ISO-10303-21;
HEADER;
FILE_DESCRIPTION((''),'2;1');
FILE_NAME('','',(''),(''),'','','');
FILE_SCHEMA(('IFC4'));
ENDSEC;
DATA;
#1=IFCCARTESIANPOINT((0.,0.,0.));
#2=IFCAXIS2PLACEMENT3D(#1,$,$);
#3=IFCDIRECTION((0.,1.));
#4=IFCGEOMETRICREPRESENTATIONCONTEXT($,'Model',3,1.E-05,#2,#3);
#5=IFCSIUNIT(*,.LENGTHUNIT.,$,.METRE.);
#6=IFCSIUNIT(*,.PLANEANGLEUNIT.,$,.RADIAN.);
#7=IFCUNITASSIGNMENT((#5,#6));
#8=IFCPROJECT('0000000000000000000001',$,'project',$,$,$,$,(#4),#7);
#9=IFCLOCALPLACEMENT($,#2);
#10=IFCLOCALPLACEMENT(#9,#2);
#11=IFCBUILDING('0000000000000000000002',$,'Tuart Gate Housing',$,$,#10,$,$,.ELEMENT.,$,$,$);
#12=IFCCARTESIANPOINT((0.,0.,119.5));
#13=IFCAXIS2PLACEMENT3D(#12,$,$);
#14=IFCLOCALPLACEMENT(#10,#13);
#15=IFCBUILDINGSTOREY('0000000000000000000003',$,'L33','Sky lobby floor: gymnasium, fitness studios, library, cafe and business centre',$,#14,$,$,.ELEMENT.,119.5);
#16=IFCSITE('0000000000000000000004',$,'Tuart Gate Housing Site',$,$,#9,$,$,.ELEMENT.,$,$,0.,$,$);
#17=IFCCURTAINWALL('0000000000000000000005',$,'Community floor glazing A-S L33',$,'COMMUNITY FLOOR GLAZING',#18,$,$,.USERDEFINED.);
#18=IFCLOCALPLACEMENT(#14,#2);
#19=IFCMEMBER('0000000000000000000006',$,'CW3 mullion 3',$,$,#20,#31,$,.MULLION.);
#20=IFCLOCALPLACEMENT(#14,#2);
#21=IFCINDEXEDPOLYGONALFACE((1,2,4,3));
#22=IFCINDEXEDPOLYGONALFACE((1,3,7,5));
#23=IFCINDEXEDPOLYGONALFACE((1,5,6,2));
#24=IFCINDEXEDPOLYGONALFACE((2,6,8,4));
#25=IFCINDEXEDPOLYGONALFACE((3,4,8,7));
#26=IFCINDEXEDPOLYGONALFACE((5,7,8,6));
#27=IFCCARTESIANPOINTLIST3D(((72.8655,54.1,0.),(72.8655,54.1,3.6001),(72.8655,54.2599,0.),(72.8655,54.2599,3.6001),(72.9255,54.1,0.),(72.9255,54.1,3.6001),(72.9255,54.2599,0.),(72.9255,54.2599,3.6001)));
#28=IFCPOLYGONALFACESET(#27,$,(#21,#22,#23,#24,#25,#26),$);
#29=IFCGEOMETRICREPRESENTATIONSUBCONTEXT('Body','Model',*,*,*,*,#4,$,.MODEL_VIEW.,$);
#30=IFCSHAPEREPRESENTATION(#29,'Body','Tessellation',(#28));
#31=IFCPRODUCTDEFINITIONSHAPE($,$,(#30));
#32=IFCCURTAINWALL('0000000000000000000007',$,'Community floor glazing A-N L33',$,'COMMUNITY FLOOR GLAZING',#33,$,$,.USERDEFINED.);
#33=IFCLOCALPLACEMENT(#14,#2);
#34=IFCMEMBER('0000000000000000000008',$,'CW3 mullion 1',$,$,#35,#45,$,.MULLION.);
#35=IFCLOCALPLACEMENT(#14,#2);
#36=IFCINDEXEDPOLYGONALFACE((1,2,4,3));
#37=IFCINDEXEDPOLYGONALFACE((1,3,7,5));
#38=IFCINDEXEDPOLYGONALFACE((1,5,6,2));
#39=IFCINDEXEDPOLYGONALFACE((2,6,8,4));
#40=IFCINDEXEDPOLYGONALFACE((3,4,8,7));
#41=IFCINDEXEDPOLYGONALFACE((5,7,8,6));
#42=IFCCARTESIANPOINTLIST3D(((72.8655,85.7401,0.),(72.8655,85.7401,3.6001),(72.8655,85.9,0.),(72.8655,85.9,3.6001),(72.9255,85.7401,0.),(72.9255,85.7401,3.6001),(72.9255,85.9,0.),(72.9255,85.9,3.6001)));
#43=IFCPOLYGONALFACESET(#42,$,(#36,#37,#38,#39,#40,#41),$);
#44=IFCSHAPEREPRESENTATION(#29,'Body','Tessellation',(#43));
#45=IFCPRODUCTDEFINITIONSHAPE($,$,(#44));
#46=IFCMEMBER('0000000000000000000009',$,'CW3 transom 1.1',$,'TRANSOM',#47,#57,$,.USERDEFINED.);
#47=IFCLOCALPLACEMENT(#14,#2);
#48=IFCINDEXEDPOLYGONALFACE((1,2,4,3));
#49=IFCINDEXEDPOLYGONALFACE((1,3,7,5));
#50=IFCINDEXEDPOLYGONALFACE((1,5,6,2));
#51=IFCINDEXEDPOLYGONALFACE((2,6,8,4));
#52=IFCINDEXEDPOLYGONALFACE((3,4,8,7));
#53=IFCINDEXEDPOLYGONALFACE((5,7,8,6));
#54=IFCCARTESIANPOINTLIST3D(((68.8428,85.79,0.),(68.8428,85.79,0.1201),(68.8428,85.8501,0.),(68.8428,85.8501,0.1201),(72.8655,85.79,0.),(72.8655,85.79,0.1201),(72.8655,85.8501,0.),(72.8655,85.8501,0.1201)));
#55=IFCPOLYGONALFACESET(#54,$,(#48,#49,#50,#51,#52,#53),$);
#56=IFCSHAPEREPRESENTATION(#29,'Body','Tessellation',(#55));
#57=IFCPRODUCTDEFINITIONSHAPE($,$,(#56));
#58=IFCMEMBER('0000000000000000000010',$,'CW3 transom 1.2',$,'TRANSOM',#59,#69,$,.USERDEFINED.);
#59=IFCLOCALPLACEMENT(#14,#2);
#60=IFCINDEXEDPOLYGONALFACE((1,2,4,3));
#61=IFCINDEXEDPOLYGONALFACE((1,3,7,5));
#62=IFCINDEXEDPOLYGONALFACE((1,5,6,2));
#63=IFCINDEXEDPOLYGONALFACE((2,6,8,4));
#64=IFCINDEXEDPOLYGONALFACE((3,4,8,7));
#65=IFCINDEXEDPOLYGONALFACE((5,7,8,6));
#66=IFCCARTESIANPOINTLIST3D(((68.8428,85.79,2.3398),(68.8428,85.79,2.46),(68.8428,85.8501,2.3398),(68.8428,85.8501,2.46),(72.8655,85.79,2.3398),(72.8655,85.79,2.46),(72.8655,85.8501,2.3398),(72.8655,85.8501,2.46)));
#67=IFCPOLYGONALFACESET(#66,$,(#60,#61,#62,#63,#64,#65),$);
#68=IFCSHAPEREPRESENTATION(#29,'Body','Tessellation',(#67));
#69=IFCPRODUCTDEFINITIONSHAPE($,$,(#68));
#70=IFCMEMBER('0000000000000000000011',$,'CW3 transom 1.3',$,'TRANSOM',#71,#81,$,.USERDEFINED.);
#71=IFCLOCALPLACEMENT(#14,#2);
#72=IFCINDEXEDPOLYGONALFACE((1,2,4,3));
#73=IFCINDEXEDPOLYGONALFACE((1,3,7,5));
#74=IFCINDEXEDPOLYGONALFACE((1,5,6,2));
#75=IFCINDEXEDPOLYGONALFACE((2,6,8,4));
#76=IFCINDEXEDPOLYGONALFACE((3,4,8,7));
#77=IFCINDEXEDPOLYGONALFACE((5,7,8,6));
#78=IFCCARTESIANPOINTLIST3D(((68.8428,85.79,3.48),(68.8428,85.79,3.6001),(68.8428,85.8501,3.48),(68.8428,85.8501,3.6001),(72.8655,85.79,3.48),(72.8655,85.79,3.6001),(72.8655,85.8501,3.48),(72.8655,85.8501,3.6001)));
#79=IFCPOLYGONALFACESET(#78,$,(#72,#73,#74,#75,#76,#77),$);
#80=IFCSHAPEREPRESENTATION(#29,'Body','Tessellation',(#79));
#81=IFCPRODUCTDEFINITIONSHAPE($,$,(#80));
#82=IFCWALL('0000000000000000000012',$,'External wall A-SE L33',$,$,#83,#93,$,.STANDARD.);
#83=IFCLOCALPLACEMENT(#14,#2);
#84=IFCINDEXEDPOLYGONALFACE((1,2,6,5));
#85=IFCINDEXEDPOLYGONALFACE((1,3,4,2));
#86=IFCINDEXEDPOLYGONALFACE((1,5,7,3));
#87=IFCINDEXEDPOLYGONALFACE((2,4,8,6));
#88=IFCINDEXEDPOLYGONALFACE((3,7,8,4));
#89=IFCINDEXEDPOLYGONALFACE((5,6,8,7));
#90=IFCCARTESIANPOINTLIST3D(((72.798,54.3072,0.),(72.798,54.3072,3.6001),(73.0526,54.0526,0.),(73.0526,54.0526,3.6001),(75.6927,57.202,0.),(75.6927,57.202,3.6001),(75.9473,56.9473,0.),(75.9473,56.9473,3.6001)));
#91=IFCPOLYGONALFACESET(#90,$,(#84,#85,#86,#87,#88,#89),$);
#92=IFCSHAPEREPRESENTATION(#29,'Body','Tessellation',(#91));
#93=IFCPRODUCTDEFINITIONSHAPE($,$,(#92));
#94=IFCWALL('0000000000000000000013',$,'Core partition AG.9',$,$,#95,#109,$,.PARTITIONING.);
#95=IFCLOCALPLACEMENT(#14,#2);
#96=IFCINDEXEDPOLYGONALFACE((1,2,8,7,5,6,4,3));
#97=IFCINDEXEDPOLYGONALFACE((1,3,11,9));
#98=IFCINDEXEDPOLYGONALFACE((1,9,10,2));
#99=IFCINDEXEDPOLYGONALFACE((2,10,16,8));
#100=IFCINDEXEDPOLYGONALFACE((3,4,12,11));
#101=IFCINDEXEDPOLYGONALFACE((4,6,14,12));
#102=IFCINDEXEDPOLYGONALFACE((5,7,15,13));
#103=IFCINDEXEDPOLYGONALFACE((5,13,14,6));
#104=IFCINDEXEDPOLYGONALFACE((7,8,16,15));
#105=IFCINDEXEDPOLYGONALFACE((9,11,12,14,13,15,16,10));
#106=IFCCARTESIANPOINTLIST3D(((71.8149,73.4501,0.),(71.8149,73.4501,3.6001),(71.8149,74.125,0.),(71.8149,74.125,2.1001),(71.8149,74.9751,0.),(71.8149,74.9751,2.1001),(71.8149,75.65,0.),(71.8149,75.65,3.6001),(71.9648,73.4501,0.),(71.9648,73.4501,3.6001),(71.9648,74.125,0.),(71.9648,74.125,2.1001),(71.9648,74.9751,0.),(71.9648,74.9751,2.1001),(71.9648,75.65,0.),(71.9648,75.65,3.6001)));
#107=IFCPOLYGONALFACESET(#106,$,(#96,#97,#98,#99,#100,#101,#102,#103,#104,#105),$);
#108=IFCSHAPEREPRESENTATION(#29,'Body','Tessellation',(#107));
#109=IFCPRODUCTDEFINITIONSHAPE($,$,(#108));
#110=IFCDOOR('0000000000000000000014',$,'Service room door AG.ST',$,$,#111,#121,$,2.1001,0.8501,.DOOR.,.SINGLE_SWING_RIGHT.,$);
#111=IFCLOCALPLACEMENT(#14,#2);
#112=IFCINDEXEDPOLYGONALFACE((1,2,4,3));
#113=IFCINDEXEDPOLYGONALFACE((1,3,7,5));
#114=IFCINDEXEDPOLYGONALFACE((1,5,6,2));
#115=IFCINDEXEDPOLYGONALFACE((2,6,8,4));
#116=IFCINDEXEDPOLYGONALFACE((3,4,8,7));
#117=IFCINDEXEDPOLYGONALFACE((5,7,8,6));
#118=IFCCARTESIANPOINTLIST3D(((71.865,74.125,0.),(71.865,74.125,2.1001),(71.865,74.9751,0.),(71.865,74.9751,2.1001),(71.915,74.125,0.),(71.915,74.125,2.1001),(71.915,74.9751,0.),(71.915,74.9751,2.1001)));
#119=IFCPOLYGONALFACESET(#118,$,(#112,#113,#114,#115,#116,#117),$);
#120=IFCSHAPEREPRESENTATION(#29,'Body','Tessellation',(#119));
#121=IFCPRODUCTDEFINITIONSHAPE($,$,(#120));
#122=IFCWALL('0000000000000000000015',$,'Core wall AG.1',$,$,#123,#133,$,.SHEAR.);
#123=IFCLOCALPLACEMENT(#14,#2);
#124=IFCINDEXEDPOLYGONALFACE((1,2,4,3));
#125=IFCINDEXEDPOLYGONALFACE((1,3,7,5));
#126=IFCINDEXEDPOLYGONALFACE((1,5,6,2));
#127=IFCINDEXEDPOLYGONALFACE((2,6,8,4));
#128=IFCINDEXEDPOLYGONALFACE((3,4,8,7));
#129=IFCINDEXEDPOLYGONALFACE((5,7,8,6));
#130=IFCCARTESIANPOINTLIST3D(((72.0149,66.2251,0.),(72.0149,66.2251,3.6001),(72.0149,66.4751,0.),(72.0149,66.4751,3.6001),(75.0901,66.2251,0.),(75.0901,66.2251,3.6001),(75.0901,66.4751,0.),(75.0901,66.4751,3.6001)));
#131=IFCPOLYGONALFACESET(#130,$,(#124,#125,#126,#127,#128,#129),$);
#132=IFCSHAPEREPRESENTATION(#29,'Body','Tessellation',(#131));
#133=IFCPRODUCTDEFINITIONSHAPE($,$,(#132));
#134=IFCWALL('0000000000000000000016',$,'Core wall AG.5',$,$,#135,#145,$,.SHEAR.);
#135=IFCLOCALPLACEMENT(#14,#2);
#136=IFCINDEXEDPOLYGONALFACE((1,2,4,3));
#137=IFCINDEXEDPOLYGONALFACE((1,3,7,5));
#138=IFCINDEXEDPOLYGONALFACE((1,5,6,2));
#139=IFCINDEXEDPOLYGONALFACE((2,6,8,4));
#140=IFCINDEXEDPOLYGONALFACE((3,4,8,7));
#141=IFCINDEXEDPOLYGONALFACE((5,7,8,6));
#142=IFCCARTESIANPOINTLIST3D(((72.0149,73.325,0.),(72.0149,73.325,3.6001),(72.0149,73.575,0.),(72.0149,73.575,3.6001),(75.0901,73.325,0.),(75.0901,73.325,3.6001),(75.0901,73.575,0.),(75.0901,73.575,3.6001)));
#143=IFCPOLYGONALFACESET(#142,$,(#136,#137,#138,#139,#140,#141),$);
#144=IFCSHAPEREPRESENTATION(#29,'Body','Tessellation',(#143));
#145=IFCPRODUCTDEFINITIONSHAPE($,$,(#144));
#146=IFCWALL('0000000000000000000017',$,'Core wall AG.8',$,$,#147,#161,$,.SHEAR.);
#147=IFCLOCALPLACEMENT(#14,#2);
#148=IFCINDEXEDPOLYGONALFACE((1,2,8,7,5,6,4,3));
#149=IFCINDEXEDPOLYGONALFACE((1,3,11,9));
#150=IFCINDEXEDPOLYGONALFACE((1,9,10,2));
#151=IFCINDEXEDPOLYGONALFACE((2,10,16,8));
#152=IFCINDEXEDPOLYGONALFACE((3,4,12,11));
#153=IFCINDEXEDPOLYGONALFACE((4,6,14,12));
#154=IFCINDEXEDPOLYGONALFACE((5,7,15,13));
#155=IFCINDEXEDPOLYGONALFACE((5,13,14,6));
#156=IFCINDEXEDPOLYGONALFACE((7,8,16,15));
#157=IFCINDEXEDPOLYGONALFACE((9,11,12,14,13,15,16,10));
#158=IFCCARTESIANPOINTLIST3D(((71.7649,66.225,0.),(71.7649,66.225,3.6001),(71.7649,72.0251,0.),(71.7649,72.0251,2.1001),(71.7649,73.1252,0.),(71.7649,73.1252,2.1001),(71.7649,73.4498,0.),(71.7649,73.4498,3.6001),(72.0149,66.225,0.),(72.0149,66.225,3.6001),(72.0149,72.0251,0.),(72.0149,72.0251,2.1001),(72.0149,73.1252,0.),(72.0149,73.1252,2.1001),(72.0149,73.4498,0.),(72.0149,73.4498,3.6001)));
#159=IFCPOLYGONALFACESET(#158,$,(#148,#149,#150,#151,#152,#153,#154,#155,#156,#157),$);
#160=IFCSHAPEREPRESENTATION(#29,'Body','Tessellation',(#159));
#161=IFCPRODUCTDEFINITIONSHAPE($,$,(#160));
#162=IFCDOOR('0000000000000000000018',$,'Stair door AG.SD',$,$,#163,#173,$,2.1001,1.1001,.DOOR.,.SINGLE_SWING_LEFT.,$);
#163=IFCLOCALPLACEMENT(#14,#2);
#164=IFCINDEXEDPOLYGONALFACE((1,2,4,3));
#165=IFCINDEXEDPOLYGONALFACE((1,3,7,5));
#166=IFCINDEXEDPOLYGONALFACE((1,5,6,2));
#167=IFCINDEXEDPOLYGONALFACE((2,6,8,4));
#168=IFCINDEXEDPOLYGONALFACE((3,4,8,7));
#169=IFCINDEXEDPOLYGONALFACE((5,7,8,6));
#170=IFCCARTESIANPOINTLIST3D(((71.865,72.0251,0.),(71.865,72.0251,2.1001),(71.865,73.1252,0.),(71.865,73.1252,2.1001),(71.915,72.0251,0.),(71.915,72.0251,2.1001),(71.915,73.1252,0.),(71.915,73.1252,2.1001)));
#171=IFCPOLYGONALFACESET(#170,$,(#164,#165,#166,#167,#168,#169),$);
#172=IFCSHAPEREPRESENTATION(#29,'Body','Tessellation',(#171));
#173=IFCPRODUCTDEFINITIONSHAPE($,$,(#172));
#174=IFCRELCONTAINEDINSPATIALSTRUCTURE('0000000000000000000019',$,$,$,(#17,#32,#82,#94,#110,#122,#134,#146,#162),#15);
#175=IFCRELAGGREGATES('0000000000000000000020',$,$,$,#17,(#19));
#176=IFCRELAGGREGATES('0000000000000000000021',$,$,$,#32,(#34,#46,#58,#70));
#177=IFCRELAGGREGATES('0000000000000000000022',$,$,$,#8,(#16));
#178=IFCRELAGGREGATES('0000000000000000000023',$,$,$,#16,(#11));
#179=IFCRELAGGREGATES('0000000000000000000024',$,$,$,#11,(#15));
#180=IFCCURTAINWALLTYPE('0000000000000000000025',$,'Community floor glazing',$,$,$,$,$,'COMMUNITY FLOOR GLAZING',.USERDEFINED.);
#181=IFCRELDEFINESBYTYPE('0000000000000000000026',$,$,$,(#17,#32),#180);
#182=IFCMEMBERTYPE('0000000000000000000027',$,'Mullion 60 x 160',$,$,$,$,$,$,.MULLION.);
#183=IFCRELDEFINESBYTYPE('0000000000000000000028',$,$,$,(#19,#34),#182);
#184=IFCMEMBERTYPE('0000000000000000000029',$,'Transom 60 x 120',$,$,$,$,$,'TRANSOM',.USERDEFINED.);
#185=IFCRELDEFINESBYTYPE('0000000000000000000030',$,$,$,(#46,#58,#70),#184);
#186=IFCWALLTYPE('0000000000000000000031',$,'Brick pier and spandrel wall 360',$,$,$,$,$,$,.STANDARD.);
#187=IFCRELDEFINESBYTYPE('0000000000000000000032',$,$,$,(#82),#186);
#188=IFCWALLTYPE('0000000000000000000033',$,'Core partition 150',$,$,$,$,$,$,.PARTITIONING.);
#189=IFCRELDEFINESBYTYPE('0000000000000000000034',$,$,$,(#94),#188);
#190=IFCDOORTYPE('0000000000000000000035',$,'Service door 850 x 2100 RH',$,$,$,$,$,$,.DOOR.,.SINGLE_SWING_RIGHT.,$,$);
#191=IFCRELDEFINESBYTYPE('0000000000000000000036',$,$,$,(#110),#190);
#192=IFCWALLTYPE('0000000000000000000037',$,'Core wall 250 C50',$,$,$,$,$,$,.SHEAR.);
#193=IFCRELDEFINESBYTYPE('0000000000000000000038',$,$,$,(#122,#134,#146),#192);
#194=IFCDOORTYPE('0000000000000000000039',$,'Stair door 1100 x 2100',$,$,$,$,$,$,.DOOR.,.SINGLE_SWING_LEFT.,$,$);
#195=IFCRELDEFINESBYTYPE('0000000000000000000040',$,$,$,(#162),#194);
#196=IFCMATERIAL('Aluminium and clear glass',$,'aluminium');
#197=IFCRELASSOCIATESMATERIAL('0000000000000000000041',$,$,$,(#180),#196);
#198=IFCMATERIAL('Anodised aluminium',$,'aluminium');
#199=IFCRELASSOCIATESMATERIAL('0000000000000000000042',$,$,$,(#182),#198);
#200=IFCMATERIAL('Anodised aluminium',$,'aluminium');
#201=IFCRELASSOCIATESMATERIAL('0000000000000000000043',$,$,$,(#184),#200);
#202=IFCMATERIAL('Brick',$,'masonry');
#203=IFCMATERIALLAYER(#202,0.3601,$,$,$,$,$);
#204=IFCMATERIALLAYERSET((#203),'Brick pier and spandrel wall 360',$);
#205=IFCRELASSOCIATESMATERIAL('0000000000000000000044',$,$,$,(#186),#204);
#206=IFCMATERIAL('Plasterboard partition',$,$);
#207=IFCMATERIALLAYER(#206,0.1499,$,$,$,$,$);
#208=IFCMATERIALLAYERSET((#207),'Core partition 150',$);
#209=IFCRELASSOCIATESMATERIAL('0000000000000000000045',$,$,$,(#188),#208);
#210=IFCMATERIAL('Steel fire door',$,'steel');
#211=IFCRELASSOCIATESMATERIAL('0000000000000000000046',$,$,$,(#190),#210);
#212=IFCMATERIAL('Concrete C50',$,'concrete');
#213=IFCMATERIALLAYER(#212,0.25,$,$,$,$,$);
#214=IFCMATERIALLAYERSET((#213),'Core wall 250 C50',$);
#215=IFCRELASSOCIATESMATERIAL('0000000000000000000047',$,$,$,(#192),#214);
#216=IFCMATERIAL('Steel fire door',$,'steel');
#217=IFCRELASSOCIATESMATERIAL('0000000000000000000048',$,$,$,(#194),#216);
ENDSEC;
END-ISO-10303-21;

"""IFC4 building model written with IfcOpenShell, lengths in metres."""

from ifc_helpers import new_model, si_unit, direction, frame, frame_2d, origin, origin_2d, place, context, subcontext, project, spatial, rectangle, extrude, material, layer, layer_set, material_profile, profile_set, type_object, element, fill, aggregate, save


model = new_model("IFC4")

# Units and contexts
model_context = context("Model", 3, precision=1e-05, world=origin(), true_north=direction((0.0, 1.0)))
body_context = subcontext(model_context, "Body", "Model", "MODEL_VIEW")
ifc_project = project(units=[si_unit("LENGTHUNIT", "METRE"), si_unit("PLANEANGLEUNIT", "RADIAN")], contexts=[model_context])

# Site, building, storey
site_placement = place(None, origin())
site = spatial("IfcSite", under=ifc_project, at=site_placement, Name="Tuart Gate Housing Site", CompositionType="ELEMENT", RefElevation=0.0)
building_placement = place(site_placement, origin())
building = spatial("IfcBuilding", under=site, at=building_placement, Name="Tuart Gate Housing", CompositionType="ELEMENT")
storey_placement = place(building_placement, frame((0.0, 0.0, 119.5)))
storey = spatial("IfcBuildingStorey", under=building, at=storey_placement, Name="L33", Description="Sky lobby floor: gymnasium, fitness studios, library, cafe and business centre", CompositionType="ELEMENT", Elevation=119.5)

# Curtain wall, member
ifc_material_1 = material(Name="Aluminium and clear glass", Category="aluminium")
curtain_wall_type = type_object("IfcCurtainWallType", Name="Community floor glazing", ElementType="COMMUNITY FLOOR GLAZING", PredefinedType="USERDEFINED", material=ifc_material_1)
curtain_wall_1_placement = place(storey_placement, origin())
curtain_wall_1 = element("IfcCurtainWall", 1, at=curtain_wall_1_placement, inside=storey, type_object=curtain_wall_type, Name="Community floor glazing A-S L33", ObjectType="COMMUNITY FLOOR GLAZING", PredefinedType="USERDEFINED")
ifc_material_2 = material(Name="Anodised aluminium", Category="aluminium")
ifc_material_profile_1 = material_profile(ifc_material_2, rectangle(XDim=0.0601, YDim=0.1599, at=origin_2d()), Name="60x160")
ifc_profile_set_1 = profile_set([ifc_material_profile_1], Name="Anodised aluminium")
member_type_1 = type_object("IfcMemberType", Name="Mullion 60 x 160", PredefinedType="MULLION", material=ifc_profile_set_1)
member_1_placement = place(storey_placement, frame((72.8955, 54.1799, 0.0), z_axis=(0.0, 0.0, 1.0), x_axis=(1.0, 0.0, 0.0)))
member_1 = element("IfcMember", 2, at=member_1_placement, type_object=member_type_1, Name="CW3 mullion 3", PredefinedType="MULLION", context=body_context, shape_type="SweptSolid", body=[
    extrude(rectangle(XDim=0.0601, YDim=0.1599, at=origin_2d()), origin(), (0.0, 0.0, 1.0), 3.6001),
])
aggregate(curtain_wall_1, [member_1])

# Curtain wall, members
curtain_wall_2_placement = place(storey_placement, origin())
curtain_wall_2 = element("IfcCurtainWall", 3, at=curtain_wall_2_placement, inside=storey, type_object=curtain_wall_type, Name="Community floor glazing A-N L33", ObjectType="COMMUNITY FLOOR GLAZING", PredefinedType="USERDEFINED")
member_2_placement = place(storey_placement, frame((72.8955, 85.8201, 0.0), z_axis=(0.0, 0.0, 1.0), x_axis=(-1.0, 0.0, 0.0)))
member_2 = element("IfcMember", 4, at=member_2_placement, type_object=member_type_1, Name="CW3 mullion 1", PredefinedType="MULLION", context=body_context, shape_type="SweptSolid", body=[
    extrude(rectangle(XDim=0.0601, YDim=0.1599, at=origin_2d()), origin(), (0.0, 0.0, 1.0), 3.6001),
])
ifc_material_3 = material(Name="Anodised aluminium", Category="aluminium")
ifc_material_profile_2 = material_profile(ifc_material_3, rectangle(XDim=0.0601, YDim=0.1201, at=origin_2d()), Name="60x120")
ifc_profile_set_2 = profile_set([ifc_material_profile_2], Name="Anodised aluminium")
member_type_2 = type_object("IfcMemberType", Name="Transom 60 x 120", ElementType="TRANSOM", PredefinedType="USERDEFINED", material=ifc_profile_set_2)
member_3_placement = place(storey_placement, frame((72.8655, 85.8201, 0.0601), z_axis=(-1.0, 0.0, 0.0), x_axis=(0.0, -1.0, 0.0)))
member_3 = element("IfcMember", 5, at=member_3_placement, type_object=member_type_2, Name="CW3 transom 1.1", ObjectType="TRANSOM", PredefinedType="USERDEFINED", context=body_context, shape_type="SweptSolid", body=[
    extrude(rectangle(XDim=0.0601, YDim=0.1201, at=origin_2d()), origin(), (0.0, 0.0, 1.0), 4.0227),
])
member_4_placement = place(storey_placement, frame((72.8655, 85.8201, 2.3999), z_axis=(-1.0, 0.0, 0.0), x_axis=(0.0, -1.0, 0.0)))
member_4 = element("IfcMember", 6, at=member_4_placement, type_object=member_type_2, Name="CW3 transom 1.2", ObjectType="TRANSOM", PredefinedType="USERDEFINED", context=body_context, shape_type="SweptSolid", body=[
    extrude(rectangle(XDim=0.0601, YDim=0.1201, at=origin_2d()), origin(), (0.0, 0.0, 1.0), 4.0227),
])
member_5_placement = place(storey_placement, frame((72.8655, 85.8201, 3.54), z_axis=(-1.0, 0.0, 0.0), x_axis=(0.0, -1.0, 0.0)))
member_5 = element("IfcMember", 7, at=member_5_placement, type_object=member_type_2, Name="CW3 transom 1.3", ObjectType="TRANSOM", PredefinedType="USERDEFINED", context=body_context, shape_type="SweptSolid", body=[
    extrude(rectangle(XDim=0.0601, YDim=0.1201, at=origin_2d()), origin(), (0.0, 0.0, 1.0), 4.0227),
])
aggregate(curtain_wall_2, [member_2, member_3, member_4, member_5])

# Wall
ifc_material_4 = material(Name="Brick", Category="masonry")
ifc_layer_1 = layer(ifc_material_4, 0.3601)
ifc_layer_set_1 = layer_set([ifc_layer_1], Name="Brick pier and spandrel wall 360")
wall_type_1 = type_object("IfcWallType", Name="Brick pier and spandrel wall 360", PredefinedType="STANDARD", material=ifc_layer_set_1)
wall_1_placement = place(storey_placement, frame((72.9253, 54.1799, 0.0), z_axis=(0.0, 0.0, 1.0), x_axis=(0.707107, 0.707107, 0.0)))
element("IfcWall", 8, at=wall_1_placement, inside=storey, type_object=wall_type_1, Name="External wall A-SE L33", PredefinedType="STANDARD", context=body_context, shape_type="SweptSolid", body=[
    extrude(rectangle(XDim=4.0938, YDim=0.3601, at=frame_2d((2.0469, 0.0))), origin(), (0.0, 0.0, 1.0), 3.6001),
])

# Wall, opening, door
ifc_material_5 = material(Name="Plasterboard partition")
ifc_layer_2 = layer(ifc_material_5, 0.1499)
ifc_layer_set_2 = layer_set([ifc_layer_2], Name="Core partition 150")
wall_type_2 = type_object("IfcWallType", Name="Core partition 150", PredefinedType="PARTITIONING", material=ifc_layer_set_2)
wall_2_placement = place(storey_placement, frame((71.8899, 73.45, 0.0), z_axis=(0.0, 0.0, 1.0), x_axis=(0.0, 1.0, 0.0)))
wall_2 = element("IfcWall", 9, at=wall_2_placement, inside=storey, type_object=wall_type_2, Name="Core partition AG.9", PredefinedType="PARTITIONING", context=body_context, shape_type="SweptSolid", body=[
    extrude(rectangle(XDim=2.2, YDim=0.1499, at=frame_2d((1.1001, 0.0))), origin(), (0.0, 0.0, 1.0), 3.6001),
])
opening_1_placement = place(wall_2_placement, frame((0.675, 0.0, 0.0)))
opening_1 = element("IfcOpeningElement", 10, at=opening_1_placement, cuts=wall_2, PredefinedType="OPENING", context=body_context, shape_type="SweptSolid", body=[
    extrude(rectangle(XDim=0.8501, YDim=2.1001, at=frame_2d((0.425, 1.05))), frame((0.0, 0.085, 0.0), z_axis=(0.0, -1.0, 0.0), x_axis=(1.0, 0.0, 0.0)), (0.0, 0.0, 1.0), 0.1699),
])
ifc_material_6 = material(Name="Steel fire door", Category="steel")
door_type_1 = type_object("IfcDoorType", Name="Service door 850 x 2100 RH", OperationType="SINGLE_SWING_RIGHT", PredefinedType="DOOR", material=ifc_material_6)
door_1_placement = place(opening_1_placement, frame((0.8501, 0.0, 0.0), z_axis=(0.0, 0.0, 1.0), x_axis=(-1.0, 0.0, 0.0)))
door_1 = element("IfcDoor", 11, at=door_1_placement, inside=storey, type_object=door_type_1, Name="Service room door AG.ST", OperationType="SINGLE_SWING_RIGHT", OverallHeight=2.1001, OverallWidth=0.8501, PredefinedType="DOOR", context=body_context, shape_type="SweptSolid", body=[
    extrude(rectangle(XDim=0.8501, YDim=2.1001, at=frame_2d((0.425, 1.05))), frame((0.0, 0.0251, 0.0), z_axis=(0.0, -1.0, 0.0), x_axis=(1.0, 0.0, 0.0)), (0.0, 0.0, 1.0), 0.05),
])
fill(opening_1, door_1)

# Walls
ifc_material_7 = material(Name="Concrete C50", Category="concrete")
ifc_layer_3 = layer(ifc_material_7, 0.25)
ifc_layer_set_3 = layer_set([ifc_layer_3], Name="Core wall 250 C50")
wall_type_3 = type_object("IfcWallType", Name="Core wall 250 C50", PredefinedType="SHEAR", material=ifc_layer_set_3)
for number, where, z_axis, x_axis, name in (
    (12, (72.0149, 66.3501, 0.0), (0.0, 0.0, 1.0), (1.0, 0.0, 0.0), "Core wall AG.1"),
    (13, (72.0149, 73.45, 0.0), (0.0, 0.0, 1.0), (1.0, 0.0, 0.0), "Core wall AG.5"),
):
    element("IfcWall", number, at=place(storey_placement, frame(where, z_axis=z_axis, x_axis=x_axis)), inside=storey, type_object=wall_type_3, Name=name, PredefinedType="SHEAR", context=body_context, shape_type="SweptSolid", body=[
        extrude(rectangle(XDim=3.0752, YDim=0.25, at=frame_2d((1.5376, 0.0))), origin(), (0.0, 0.0, 1.0), 3.6001),
    ])

# Wall, opening, door
wall_3_placement = place(storey_placement, frame((71.8899, 66.2251, 0.0), z_axis=(0.0, 0.0, 1.0), x_axis=(0.0, 1.0, 0.0)))
wall_3 = element("IfcWall", 14, at=wall_3_placement, inside=storey, type_object=wall_type_3, Name="Core wall AG.8", PredefinedType="SHEAR", context=body_context, shape_type="SweptSolid", body=[
    extrude(rectangle(XDim=7.2249, YDim=0.25, at=frame_2d((3.6123, 0.0))), origin(), (0.0, 0.0, 1.0), 3.6001),
])
opening_2_placement = place(wall_3_placement, frame((5.8, 0.0, 0.0)))
opening_2 = element("IfcOpeningElement", 15, at=opening_2_placement, cuts=wall_3, PredefinedType="OPENING", context=body_context, shape_type="SweptSolid", body=[
    extrude(rectangle(XDim=1.1001, YDim=2.1001, at=frame_2d((0.55, 1.05))), frame((0.0, 0.135, 0.0), z_axis=(0.0, -1.0, 0.0), x_axis=(1.0, 0.0, 0.0)), (0.0, 0.0, 1.0), 0.27),
])
ifc_material_8 = material(Name="Steel fire door", Category="steel")
door_type_2 = type_object("IfcDoorType", Name="Stair door 1100 x 2100", OperationType="SINGLE_SWING_LEFT", PredefinedType="DOOR", material=ifc_material_8)
door_2_placement = place(opening_2_placement, frame((1.1001, 0.0, 0.0), z_axis=(0.0, 0.0, 1.0), x_axis=(-1.0, 0.0, 0.0)))
door_2 = element("IfcDoor", 16, at=door_2_placement, inside=storey, type_object=door_type_2, Name="Stair door AG.SD", OperationType="SINGLE_SWING_LEFT", OverallHeight=2.1001, OverallWidth=1.1001, PredefinedType="DOOR", context=body_context, shape_type="SweptSolid", body=[
    extrude(rectangle(XDim=1.1001, YDim=2.1001, at=frame_2d((0.55, 1.05))), frame((0.0, 0.0251, 0.0), z_axis=(0.0, -1.0, 0.0), x_axis=(1.0, 0.0, 0.0)), (0.0, 0.0, 1.0), 0.05),
])
fill(opening_2, door_2)

save(model, "model.ifc")
